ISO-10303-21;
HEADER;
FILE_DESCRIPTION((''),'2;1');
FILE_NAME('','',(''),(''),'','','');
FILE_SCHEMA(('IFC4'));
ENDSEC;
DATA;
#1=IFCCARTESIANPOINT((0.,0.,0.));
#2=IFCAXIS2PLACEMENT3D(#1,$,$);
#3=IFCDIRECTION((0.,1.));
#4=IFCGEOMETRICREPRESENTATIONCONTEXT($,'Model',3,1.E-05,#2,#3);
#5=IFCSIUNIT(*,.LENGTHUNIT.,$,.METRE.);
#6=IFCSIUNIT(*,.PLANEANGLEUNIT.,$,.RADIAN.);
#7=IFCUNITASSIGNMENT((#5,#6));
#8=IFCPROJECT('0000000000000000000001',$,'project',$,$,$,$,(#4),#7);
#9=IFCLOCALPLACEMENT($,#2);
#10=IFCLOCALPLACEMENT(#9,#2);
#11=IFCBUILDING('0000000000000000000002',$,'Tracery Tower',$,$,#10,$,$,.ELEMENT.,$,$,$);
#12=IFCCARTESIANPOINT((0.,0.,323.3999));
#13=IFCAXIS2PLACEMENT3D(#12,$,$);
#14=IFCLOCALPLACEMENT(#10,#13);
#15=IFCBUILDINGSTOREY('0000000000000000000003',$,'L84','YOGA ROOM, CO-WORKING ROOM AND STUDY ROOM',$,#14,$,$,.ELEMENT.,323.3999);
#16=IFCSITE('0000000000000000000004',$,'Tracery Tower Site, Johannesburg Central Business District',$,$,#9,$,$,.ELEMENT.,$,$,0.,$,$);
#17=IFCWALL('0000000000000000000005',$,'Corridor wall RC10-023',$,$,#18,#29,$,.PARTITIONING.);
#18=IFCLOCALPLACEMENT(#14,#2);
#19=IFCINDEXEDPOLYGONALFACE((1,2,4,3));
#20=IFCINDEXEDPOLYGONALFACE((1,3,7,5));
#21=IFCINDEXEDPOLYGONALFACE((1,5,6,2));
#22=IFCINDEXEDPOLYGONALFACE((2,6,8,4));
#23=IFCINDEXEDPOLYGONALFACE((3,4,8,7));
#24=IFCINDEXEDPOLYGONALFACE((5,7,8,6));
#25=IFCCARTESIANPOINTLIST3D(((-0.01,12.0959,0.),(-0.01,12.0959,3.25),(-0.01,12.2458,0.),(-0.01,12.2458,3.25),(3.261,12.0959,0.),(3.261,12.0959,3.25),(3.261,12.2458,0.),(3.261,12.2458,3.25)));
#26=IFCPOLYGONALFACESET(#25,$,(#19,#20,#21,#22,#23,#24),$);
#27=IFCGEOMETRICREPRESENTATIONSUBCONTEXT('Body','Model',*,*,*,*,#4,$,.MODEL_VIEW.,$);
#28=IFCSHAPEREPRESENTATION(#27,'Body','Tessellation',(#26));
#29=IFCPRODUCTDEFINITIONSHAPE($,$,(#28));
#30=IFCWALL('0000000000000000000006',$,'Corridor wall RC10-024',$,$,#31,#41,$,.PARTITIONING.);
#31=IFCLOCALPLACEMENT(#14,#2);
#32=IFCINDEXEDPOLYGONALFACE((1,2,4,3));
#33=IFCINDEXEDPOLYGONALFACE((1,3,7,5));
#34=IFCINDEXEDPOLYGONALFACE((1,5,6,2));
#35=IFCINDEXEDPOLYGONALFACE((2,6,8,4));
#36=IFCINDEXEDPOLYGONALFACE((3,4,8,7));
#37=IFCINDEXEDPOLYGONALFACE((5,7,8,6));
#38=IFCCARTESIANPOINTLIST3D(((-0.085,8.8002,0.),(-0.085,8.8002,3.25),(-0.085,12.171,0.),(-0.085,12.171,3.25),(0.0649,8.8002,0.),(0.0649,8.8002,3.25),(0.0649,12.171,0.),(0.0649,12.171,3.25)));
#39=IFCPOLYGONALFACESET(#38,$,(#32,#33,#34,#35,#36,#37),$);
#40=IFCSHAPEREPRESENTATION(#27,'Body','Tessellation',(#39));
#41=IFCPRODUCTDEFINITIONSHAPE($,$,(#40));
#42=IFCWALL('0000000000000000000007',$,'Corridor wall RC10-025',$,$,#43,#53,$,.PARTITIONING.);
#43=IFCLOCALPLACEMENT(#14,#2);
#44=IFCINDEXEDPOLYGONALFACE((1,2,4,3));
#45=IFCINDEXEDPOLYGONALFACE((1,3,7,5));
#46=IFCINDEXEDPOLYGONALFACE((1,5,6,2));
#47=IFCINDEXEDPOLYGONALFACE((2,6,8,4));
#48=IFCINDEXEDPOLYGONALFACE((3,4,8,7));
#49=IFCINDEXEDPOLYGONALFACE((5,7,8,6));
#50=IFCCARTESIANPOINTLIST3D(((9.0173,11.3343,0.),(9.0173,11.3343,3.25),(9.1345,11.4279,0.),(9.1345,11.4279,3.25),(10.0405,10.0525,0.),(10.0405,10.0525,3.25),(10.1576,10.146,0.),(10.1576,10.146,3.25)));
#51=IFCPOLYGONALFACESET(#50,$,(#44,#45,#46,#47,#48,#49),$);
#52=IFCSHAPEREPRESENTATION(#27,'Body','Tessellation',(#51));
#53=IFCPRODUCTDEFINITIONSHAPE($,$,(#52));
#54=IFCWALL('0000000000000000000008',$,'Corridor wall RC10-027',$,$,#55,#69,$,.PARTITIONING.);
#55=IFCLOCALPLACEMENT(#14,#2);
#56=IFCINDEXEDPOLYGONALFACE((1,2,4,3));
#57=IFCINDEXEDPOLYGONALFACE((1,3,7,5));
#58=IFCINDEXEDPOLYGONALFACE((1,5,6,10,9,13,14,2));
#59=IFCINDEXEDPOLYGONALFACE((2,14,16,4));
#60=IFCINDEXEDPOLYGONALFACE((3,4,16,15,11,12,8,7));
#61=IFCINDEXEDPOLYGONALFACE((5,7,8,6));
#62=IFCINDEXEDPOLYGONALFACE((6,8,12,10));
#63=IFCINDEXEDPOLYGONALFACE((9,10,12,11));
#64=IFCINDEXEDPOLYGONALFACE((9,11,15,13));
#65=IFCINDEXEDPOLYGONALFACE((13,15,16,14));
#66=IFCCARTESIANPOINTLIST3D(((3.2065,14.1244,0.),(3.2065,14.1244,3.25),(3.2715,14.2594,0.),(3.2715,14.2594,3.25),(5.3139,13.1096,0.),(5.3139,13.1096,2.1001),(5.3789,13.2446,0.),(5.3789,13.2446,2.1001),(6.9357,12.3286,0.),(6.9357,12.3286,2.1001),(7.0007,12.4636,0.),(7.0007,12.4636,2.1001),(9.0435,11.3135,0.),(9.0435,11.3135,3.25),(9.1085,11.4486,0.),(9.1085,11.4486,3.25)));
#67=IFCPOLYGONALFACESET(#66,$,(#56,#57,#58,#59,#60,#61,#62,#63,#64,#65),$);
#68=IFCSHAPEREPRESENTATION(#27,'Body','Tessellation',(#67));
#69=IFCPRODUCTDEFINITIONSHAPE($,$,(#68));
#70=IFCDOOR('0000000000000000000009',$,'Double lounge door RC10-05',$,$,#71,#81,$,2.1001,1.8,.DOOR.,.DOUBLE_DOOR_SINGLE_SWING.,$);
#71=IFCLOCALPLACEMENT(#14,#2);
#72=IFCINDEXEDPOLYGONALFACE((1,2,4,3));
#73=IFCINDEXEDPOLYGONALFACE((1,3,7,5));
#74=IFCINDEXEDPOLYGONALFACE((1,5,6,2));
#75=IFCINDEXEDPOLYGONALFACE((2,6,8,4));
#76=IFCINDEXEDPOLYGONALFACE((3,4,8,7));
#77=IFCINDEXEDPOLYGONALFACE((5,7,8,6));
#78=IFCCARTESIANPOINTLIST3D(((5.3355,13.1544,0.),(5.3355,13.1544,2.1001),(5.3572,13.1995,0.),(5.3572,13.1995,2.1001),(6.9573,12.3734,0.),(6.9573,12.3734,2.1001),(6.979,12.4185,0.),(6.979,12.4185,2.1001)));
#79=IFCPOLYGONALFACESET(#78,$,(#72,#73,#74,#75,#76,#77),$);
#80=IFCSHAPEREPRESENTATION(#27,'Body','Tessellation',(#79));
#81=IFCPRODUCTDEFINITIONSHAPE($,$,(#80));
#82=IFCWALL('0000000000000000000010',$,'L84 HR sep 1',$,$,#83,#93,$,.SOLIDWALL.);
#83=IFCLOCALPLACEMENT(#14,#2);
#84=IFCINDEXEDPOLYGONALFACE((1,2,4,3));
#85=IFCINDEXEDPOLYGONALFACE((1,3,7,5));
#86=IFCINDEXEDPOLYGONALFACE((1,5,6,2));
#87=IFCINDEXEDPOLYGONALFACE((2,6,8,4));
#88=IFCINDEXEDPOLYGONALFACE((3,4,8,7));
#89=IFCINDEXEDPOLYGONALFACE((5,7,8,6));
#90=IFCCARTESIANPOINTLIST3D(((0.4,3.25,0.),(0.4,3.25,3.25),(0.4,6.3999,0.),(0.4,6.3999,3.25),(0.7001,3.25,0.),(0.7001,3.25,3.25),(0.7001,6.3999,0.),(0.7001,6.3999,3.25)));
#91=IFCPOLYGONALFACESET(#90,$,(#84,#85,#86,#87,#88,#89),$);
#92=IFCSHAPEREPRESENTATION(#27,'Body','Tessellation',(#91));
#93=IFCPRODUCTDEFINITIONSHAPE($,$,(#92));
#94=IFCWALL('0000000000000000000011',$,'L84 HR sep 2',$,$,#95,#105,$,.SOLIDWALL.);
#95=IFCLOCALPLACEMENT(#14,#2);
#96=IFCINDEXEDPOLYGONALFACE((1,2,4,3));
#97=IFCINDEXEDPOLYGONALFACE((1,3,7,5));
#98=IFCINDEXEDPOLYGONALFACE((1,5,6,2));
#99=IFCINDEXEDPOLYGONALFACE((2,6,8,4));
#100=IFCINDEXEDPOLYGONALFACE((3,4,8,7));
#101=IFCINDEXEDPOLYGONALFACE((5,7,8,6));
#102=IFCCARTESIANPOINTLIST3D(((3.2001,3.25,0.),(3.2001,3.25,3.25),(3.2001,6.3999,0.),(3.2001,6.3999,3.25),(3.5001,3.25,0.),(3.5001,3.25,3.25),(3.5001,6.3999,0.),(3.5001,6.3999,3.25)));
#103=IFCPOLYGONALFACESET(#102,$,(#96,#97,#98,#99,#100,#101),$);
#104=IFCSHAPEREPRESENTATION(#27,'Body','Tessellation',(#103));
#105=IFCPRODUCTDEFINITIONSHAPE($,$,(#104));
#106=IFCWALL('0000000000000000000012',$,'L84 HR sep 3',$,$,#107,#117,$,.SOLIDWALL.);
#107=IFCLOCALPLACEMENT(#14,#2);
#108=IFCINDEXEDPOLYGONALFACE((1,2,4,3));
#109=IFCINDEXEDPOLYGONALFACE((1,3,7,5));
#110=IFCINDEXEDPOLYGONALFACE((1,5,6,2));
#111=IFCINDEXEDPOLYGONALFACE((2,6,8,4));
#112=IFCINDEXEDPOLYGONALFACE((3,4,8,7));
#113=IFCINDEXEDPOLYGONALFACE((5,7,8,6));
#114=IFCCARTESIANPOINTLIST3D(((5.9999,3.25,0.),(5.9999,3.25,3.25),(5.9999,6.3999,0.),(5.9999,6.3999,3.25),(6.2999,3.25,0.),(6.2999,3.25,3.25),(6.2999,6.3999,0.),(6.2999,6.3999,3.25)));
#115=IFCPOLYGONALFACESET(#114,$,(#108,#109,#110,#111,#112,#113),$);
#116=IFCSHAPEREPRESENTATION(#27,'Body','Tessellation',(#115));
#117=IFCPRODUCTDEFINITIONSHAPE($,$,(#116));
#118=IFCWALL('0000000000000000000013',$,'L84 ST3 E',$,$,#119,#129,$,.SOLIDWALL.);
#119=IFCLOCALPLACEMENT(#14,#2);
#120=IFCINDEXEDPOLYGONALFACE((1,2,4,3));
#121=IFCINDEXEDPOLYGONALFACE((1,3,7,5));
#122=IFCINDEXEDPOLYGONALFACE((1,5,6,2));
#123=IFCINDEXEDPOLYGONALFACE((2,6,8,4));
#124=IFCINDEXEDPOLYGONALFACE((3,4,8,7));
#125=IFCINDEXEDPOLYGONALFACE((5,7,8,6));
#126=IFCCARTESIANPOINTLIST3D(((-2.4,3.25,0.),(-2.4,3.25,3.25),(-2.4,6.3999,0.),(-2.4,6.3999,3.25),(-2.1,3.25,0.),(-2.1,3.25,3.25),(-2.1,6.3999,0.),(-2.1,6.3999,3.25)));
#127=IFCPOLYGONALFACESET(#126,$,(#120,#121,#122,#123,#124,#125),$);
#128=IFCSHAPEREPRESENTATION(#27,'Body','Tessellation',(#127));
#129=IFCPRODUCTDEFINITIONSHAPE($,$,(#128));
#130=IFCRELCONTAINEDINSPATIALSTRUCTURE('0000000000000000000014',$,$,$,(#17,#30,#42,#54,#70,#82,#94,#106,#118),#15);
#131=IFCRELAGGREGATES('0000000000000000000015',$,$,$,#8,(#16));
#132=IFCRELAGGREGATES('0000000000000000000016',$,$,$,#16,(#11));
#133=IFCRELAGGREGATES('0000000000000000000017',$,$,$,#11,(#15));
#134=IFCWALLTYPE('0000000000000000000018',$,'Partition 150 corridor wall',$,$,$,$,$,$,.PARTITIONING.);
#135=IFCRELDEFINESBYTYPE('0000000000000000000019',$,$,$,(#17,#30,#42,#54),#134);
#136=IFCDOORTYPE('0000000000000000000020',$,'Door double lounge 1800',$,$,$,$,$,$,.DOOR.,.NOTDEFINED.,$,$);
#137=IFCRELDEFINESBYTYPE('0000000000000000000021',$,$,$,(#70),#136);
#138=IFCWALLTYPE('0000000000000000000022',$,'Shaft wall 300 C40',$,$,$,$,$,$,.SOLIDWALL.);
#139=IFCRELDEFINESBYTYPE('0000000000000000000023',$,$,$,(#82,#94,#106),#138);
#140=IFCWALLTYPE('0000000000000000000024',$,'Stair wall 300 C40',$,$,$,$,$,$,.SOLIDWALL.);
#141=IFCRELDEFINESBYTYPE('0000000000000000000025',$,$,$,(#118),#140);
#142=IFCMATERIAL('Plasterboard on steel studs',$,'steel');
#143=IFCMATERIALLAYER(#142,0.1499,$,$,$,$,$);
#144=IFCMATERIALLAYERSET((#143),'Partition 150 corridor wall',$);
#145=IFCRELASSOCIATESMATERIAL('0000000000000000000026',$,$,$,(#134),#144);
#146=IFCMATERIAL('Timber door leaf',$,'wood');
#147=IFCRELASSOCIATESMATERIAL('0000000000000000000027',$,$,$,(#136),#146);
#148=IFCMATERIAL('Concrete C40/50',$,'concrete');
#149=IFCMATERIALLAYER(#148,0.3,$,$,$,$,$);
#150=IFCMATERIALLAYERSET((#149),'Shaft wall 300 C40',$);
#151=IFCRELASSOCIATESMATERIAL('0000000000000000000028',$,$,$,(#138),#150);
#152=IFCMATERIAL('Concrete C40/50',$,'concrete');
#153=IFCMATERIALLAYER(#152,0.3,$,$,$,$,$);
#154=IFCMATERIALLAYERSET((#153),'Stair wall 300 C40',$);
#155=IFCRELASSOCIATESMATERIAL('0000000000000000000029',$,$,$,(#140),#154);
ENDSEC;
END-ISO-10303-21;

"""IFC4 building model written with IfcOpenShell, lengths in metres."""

from ifc_helpers import new_model, si_unit, direction, frame, frame_2d, origin, place, context, subcontext, project, spatial, rectangle, extrude, material, layer, layer_set, type_object, element, fill, save


model = new_model("IFC4")

# Units and contexts
model_context = context("Model", 3, precision=1e-05, world=origin(), true_north=direction((0.0, 1.0)))
body_context = subcontext(model_context, "Body", "Model", "MODEL_VIEW")
ifc_project = project(units=[si_unit("LENGTHUNIT", "METRE"), si_unit("PLANEANGLEUNIT", "RADIAN")], contexts=[model_context])

# Site, building, storey
site_placement = place(None, origin())
site = spatial("IfcSite", under=ifc_project, at=site_placement, Name="Tracery Tower Site, Johannesburg Central Business District", CompositionType="ELEMENT", RefElevation=0.0)
building_placement = place(site_placement, origin())
building = spatial("IfcBuilding", under=site, at=building_placement, Name="Tracery Tower", CompositionType="ELEMENT")
storey_placement = place(building_placement, frame((0.0, 0.0, 323.3999)))
storey = spatial("IfcBuildingStorey", under=building, at=storey_placement, Name="L84", Description="YOGA ROOM, CO-WORKING ROOM AND STUDY ROOM", CompositionType="ELEMENT", Elevation=323.3999)

# Shared definitions
ifc_material_1 = material(Name="Plasterboard on steel studs", Category="steel")
ifc_layer_1 = layer(ifc_material_1, 0.1499)
ifc_layer_set_1 = layer_set([ifc_layer_1], Name="Partition 150 corridor wall")
wall_type_1 = type_object("IfcWallType", Name="Partition 150 corridor wall", PredefinedType="PARTITIONING", material=ifc_layer_set_1)

# Walls
wall_1_placement = place(storey_placement, frame((-0.01, 12.1709, 0.0), z_axis=(0.0, 0.0, 1.0), x_axis=(1.0, 0.0, 0.0)))
element("IfcWall", 1, at=wall_1_placement, inside=storey, type_object=wall_type_1, Name="Corridor wall RC10-023", PredefinedType="PARTITIONING", context=body_context, shape_type="SweptSolid", body=[
    extrude(rectangle(XDim=3.271, YDim=0.1499, at=frame_2d((1.6355, 0.0))), origin(), (0.0, 0.0, 1.0), 3.25),
])
wall_2_placement = place(storey_placement, frame((-0.01, 8.8, 0.0), z_axis=(0.0, 0.0, 1.0), x_axis=(0.0, 1.0, 0.0)))
element("IfcWall", 2, at=wall_2_placement, inside=storey, type_object=wall_type_1, Name="Corridor wall RC10-024", PredefinedType="PARTITIONING", context=body_context, shape_type="SweptSolid", body=[
    extrude(rectangle(XDim=3.3708, YDim=0.1499, at=frame_2d((1.6855, 0.0))), origin(), (0.0, 0.0, 1.0), 3.25),
])
wall_3_placement = place(storey_placement, frame((9.0759, 11.3811, 0.0), z_axis=(0.0, 0.0, 1.0), x_axis=(0.623805, -0.78158, 0.0)))
element("IfcWall", 3, at=wall_3_placement, inside=storey, type_object=wall_type_1, Name="Corridor wall RC10-025", PredefinedType="PARTITIONING", context=body_context, shape_type="SweptSolid", body=[
    extrude(rectangle(XDim=1.6401, YDim=0.1499, at=frame_2d((0.8201, 0.0))), origin(), (0.0, 0.0, 1.0), 3.25),
])

# Wall, opening, door
wall_4_placement = place(storey_placement, frame((3.239, 14.1919, 0.0), z_axis=(0.0, 0.0, 1.0), x_axis=(0.900976, -0.433869, 0.0)))
wall_4 = element("IfcWall", 4, at=wall_4_placement, inside=storey, type_object=wall_type_1, Name="Corridor wall RC10-027", PredefinedType="PARTITIONING", context=body_context, shape_type="SweptSolid", body=[
    extrude(rectangle(XDim=6.4785, YDim=0.1499, at=frame_2d((3.2393, 0.0))), origin(), (0.0, 0.0, 1.0), 3.25),
])
opening_1_placement = place(wall_4_placement, frame((2.3391, 0.0, 0.0)))
opening_1 = element("IfcOpeningElement", 5, at=opening_1_placement, cuts=wall_4, PredefinedType="OPENING", context=body_context, shape_type="SweptSolid", body=[
    extrude(rectangle(XDim=1.8, YDim=2.1001, at=frame_2d((0.8999, 1.05))), frame((0.0, 0.075, 0.0), z_axis=(0.0, -1.0, 0.0), x_axis=(1.0, 0.0, 0.0)), (0.0, 0.0, 1.0), 0.1499),
])
ifc_material_2 = material(Name="Timber door leaf", Category="wood")
door_type_1 = type_object("IfcDoorType", Name="Door double lounge 1800", OperationType="NOTDEFINED", PredefinedType="DOOR", material=ifc_material_2)
door_1_placement = place(opening_1_placement, origin())
door_1 = element("IfcDoor", 6, at=door_1_placement, inside=storey, type_object=door_type_1, Name="Double lounge door RC10-05", OperationType="DOUBLE_DOOR_SINGLE_SWING", OverallHeight=2.1001, OverallWidth=1.8, PredefinedType="DOOR", context=body_context, shape_type="SweptSolid", body=[
    extrude(rectangle(XDim=1.8, YDim=2.1001, at=frame_2d((0.8999, 1.05))), frame((0.0, 0.0249, 0.0), z_axis=(0.0, -1.0, 0.0), x_axis=(1.0, 0.0, 0.0)), (0.0, 0.0, 1.0), 0.05),
])
fill(opening_1, door_1)

# Walls
ifc_material_3 = material(Name="Concrete C40/50", Category="concrete")
ifc_layer_2 = layer(ifc_material_3, 0.3)
ifc_layer_set_2 = layer_set([ifc_layer_2], Name="Shaft wall 300 C40")
wall_type_2 = type_object("IfcWallType", Name="Shaft wall 300 C40", PredefinedType="SOLIDWALL", material=ifc_layer_set_2)
for number, where, z_axis, x_axis, name in (
    (7, (0.55, 3.25, 0.0), (0.0, 0.0, 1.0), (0.0, 1.0, 0.0), "L84 HR sep 1"),
    (8, (3.3501, 3.25, 0.0), (0.0, 0.0, 1.0), (0.0, 1.0, 0.0), "L84 HR sep 2"),
    (9, (6.1499, 3.25, 0.0), (0.0, 0.0, 1.0), (0.0, 1.0, 0.0), "L84 HR sep 3"),
):
    element("IfcWall", number, at=place(storey_placement, frame(where, z_axis=z_axis, x_axis=x_axis)), inside=storey, type_object=wall_type_2, Name=name, PredefinedType="SOLIDWALL", context=body_context, shape_type="SweptSolid", body=[
        extrude(rectangle(XDim=3.1499, YDim=0.3, at=frame_2d((1.575, 0.0))), origin(), (0.0, 0.0, 1.0), 3.25),
    ])
ifc_material_4 = material(Name="Concrete C40/50", Category="concrete")
ifc_layer_3 = layer(ifc_material_4, 0.3)
ifc_layer_set_3 = layer_set([ifc_layer_3], Name="Stair wall 300 C40")
wall_type_3 = type_object("IfcWallType", Name="Stair wall 300 C40", PredefinedType="SOLIDWALL", material=ifc_layer_set_3)
wall_5_placement = place(storey_placement, frame((-2.25, 3.25, 0.0), z_axis=(0.0, 0.0, 1.0), x_axis=(0.0, 1.0, 0.0)))
element("IfcWall", 10, at=wall_5_placement, inside=storey, type_object=wall_type_3, Name="L84 ST3 E", PredefinedType="SOLIDWALL", context=body_context, shape_type="SweptSolid", body=[
    extrude(rectangle(XDim=3.1499, YDim=0.3, at=frame_2d((1.575, 0.0))), origin(), (0.0, 0.0, 1.0), 3.25),
])

save(model, "model.ifc")
